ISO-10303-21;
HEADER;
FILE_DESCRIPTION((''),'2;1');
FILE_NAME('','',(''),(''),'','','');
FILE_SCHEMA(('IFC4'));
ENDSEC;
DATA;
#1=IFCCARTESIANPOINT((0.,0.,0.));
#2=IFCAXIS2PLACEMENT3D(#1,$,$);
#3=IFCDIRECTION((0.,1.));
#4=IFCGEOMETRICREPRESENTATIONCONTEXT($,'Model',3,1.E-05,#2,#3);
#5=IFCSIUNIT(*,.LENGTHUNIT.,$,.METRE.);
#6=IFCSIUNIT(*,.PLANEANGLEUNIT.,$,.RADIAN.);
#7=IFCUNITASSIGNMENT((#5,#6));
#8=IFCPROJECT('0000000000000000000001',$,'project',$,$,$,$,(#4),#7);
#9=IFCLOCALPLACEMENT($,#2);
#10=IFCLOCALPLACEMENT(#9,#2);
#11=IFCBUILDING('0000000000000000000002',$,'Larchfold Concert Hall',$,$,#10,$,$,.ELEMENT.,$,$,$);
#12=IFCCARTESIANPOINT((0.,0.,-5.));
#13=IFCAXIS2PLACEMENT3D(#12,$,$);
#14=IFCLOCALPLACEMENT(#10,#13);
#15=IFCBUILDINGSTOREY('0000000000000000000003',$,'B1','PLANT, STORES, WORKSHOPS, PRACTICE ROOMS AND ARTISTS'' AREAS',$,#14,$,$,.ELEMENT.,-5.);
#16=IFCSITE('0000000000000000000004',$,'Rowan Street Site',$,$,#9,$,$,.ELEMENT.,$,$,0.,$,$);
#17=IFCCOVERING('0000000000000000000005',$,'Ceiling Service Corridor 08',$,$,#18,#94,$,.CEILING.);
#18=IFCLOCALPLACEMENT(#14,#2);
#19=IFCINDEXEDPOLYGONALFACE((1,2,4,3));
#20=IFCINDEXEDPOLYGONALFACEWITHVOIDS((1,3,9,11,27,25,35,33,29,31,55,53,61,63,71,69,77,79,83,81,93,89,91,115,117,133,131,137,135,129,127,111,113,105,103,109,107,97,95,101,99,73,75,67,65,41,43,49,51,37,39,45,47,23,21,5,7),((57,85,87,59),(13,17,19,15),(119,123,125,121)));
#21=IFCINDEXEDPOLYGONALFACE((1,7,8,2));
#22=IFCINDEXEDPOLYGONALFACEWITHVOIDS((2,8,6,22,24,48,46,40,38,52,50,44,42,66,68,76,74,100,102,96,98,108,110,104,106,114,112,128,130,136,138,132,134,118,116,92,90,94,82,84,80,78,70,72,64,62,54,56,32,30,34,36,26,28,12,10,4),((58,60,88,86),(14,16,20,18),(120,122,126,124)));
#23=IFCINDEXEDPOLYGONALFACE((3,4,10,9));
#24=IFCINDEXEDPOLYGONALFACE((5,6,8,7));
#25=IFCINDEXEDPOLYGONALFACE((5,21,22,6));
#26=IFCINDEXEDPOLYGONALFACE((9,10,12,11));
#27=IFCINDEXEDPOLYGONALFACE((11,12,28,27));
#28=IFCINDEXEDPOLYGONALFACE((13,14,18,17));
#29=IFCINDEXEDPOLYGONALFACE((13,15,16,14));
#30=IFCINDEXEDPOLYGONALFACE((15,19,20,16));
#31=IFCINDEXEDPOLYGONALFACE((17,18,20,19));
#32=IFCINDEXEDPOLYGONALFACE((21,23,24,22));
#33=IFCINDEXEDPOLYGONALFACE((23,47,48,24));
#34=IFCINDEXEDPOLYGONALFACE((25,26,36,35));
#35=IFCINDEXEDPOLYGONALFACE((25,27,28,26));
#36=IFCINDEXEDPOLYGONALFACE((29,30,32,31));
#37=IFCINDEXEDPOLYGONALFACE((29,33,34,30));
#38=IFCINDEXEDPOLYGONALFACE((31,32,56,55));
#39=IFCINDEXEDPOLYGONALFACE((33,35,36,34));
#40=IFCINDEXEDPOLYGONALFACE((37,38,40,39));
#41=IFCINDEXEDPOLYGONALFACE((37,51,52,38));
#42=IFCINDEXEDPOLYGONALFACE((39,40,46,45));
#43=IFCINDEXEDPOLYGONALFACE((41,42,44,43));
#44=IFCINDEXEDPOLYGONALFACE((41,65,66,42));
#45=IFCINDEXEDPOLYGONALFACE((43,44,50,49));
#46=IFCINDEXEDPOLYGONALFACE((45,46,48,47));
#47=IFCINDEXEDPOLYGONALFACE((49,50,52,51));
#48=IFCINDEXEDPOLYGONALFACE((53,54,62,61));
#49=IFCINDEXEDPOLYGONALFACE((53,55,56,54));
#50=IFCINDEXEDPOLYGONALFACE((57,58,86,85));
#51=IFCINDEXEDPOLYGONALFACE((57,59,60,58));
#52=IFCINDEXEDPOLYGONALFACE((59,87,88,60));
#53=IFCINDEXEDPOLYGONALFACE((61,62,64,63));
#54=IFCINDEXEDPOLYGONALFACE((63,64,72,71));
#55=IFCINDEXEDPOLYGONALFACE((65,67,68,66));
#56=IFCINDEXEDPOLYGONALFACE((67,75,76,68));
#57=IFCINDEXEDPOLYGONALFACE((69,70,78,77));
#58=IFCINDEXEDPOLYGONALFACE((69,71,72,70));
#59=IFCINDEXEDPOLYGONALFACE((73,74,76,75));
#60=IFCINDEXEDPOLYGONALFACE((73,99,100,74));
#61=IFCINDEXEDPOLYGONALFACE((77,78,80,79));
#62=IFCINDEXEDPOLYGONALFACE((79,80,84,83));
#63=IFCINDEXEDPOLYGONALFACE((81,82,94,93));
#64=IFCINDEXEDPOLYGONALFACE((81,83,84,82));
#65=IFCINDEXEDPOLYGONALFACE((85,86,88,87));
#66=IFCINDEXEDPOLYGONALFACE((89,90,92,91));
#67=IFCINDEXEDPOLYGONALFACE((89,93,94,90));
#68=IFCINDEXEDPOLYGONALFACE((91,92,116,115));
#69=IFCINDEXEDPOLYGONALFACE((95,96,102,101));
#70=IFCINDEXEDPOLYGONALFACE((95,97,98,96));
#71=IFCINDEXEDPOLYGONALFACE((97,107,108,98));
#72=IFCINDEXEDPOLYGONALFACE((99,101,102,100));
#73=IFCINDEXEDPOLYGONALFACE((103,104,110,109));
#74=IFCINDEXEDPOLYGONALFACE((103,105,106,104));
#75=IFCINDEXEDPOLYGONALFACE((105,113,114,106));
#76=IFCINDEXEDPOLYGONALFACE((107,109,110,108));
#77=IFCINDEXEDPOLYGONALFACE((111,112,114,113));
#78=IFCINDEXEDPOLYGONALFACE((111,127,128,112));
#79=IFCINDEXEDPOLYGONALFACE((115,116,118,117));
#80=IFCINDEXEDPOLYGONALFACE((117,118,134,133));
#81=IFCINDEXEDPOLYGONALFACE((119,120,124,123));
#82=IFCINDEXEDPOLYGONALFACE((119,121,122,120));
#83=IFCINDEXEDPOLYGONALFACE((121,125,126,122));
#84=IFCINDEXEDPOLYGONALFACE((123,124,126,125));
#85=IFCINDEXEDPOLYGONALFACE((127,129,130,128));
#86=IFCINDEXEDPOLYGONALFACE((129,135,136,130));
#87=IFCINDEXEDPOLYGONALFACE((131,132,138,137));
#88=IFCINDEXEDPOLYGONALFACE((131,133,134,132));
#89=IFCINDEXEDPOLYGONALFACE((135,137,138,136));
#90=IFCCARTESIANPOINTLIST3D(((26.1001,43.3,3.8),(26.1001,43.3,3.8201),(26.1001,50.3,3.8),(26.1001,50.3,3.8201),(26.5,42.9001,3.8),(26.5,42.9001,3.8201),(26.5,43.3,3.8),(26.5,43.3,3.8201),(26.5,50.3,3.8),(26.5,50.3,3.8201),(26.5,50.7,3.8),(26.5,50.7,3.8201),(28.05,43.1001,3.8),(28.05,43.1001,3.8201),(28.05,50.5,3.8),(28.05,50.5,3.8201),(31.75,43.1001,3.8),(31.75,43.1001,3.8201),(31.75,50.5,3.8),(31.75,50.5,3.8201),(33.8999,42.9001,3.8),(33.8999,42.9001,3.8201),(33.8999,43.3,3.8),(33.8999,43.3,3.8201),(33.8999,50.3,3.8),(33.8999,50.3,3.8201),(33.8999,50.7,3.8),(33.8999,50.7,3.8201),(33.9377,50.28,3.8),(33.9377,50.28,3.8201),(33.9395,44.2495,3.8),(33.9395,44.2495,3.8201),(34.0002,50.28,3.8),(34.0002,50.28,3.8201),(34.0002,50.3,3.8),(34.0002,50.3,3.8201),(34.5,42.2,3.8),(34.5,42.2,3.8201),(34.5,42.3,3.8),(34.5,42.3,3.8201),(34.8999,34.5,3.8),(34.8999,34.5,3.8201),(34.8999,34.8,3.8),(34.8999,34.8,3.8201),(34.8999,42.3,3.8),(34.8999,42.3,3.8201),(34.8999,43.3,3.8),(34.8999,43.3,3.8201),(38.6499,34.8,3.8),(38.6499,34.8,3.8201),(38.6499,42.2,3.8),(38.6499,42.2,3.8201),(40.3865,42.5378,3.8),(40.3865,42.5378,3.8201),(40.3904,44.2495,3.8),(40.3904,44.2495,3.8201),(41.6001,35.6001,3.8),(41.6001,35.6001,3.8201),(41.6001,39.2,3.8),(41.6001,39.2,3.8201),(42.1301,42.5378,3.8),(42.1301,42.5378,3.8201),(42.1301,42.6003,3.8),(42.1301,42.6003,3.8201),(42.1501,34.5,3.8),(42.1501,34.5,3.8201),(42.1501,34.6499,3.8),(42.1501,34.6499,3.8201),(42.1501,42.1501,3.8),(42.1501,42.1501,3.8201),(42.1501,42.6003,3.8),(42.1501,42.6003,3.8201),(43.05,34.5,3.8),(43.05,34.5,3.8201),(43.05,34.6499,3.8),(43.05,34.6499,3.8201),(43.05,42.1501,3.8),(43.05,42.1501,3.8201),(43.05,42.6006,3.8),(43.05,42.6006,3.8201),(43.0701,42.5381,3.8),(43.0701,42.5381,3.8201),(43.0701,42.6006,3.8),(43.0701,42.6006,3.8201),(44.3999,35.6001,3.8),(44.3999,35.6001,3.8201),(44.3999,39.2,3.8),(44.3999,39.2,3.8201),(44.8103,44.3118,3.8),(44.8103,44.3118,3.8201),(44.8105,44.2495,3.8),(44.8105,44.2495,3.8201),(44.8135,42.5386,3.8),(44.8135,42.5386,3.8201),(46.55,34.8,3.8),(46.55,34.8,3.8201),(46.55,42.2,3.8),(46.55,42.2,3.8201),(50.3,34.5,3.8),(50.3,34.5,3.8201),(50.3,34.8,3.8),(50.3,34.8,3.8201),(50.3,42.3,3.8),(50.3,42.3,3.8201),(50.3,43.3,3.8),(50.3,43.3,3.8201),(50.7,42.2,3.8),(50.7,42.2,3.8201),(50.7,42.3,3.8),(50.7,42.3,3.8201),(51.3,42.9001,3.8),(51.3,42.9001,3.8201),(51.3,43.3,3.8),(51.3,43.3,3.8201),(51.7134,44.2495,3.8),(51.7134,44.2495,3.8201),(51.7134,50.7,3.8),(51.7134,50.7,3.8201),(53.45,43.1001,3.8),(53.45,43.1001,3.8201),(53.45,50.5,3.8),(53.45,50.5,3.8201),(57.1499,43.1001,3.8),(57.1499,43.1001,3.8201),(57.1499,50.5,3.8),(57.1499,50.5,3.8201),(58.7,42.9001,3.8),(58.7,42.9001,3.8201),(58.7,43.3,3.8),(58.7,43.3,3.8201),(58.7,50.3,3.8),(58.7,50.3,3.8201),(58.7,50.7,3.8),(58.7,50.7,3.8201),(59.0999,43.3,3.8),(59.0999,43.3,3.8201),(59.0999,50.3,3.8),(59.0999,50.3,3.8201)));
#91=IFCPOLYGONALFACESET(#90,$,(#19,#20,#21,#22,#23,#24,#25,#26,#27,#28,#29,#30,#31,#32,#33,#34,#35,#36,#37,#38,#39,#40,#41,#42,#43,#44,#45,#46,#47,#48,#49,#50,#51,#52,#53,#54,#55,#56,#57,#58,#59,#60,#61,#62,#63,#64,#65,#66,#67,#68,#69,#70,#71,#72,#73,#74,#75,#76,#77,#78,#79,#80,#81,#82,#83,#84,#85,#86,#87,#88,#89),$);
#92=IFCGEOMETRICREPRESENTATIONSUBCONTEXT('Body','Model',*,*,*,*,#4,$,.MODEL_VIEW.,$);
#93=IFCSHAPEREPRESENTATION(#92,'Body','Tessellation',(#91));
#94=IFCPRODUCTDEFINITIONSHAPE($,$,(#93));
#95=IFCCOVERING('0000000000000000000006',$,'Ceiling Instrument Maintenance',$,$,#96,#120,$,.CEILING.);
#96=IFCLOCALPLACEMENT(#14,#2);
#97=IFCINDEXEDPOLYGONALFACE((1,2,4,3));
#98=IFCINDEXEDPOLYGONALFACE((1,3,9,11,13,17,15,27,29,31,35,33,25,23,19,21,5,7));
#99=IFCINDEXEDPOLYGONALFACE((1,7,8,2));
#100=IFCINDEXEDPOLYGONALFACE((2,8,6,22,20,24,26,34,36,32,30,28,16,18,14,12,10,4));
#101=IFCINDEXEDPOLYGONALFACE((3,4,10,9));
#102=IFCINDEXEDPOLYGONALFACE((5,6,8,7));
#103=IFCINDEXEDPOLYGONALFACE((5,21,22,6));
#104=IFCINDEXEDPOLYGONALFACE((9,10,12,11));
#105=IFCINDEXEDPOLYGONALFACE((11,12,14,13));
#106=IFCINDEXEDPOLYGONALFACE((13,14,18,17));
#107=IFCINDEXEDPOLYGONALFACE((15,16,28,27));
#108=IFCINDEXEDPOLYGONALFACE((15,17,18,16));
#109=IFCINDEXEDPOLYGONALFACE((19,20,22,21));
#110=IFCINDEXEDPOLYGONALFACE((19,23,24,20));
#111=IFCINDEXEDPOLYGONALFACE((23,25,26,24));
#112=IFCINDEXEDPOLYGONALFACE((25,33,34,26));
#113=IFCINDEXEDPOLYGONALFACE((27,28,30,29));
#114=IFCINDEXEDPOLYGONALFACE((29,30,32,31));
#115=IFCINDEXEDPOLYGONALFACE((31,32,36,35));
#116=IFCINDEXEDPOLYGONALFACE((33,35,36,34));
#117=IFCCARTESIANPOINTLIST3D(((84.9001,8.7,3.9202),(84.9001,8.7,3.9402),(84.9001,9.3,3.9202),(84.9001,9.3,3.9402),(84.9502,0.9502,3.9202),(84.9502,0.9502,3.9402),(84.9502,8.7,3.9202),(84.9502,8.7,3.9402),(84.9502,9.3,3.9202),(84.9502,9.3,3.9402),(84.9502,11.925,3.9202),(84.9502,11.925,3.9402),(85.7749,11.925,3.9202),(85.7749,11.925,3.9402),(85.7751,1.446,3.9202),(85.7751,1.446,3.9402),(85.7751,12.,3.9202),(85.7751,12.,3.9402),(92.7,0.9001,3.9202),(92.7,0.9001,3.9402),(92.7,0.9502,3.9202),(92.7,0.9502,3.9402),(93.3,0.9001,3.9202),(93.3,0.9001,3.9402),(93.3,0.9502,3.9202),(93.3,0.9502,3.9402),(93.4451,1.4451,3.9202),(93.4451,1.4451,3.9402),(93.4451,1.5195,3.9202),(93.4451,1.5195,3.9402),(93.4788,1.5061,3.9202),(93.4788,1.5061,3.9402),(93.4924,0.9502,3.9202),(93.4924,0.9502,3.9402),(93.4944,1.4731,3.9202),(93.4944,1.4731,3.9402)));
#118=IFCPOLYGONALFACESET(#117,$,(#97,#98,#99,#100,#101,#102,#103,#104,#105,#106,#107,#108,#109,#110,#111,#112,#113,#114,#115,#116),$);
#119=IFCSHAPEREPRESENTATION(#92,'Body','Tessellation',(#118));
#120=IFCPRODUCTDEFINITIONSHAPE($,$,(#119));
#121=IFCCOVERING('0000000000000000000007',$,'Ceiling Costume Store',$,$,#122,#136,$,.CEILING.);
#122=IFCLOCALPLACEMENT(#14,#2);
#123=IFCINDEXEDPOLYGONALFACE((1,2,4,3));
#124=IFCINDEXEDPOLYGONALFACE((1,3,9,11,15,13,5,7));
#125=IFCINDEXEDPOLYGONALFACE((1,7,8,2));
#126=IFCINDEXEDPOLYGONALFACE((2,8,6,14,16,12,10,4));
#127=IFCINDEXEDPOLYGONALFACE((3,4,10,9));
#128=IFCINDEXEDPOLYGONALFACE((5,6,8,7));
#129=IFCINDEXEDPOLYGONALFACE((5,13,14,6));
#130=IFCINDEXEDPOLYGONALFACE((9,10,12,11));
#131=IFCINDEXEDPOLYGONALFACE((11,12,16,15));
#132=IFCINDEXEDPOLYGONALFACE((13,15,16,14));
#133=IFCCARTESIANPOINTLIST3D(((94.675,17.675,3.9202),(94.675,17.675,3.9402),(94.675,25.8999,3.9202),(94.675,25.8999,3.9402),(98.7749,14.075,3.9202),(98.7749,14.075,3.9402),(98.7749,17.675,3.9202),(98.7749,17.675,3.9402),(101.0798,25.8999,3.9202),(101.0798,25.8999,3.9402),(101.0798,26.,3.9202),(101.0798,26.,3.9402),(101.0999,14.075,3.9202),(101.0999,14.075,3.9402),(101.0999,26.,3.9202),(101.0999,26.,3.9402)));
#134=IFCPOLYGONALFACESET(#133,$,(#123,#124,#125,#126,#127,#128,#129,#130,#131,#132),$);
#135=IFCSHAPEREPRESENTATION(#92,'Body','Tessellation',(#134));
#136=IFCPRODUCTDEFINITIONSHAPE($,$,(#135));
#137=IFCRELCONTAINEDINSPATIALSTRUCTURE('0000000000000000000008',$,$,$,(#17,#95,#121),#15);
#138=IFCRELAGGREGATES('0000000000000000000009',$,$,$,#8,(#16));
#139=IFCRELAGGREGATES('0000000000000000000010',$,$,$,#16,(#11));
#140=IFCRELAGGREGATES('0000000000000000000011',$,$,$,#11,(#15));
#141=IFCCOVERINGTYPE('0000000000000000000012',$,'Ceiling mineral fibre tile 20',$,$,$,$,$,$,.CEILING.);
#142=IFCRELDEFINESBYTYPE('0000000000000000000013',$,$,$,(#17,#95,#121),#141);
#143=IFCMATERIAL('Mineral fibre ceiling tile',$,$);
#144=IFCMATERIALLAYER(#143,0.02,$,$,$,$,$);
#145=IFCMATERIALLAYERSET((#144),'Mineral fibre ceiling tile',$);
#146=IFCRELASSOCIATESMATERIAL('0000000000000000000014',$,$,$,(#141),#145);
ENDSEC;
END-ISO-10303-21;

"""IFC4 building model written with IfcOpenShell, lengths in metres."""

from ifc_helpers import new_model, si_unit, direction, frame, origin, place, context, subcontext, project, spatial, polyline, outline, extrude, material, layer, layer_set, type_object, element, save


model = new_model("IFC4")

# Units and contexts
model_context = context("Model", 3, precision=1e-05, world=origin(), true_north=direction((0.0, 1.0)))
body_context = subcontext(model_context, "Body", "Model", "MODEL_VIEW")
ifc_project = project(units=[si_unit("LENGTHUNIT", "METRE"), si_unit("PLANEANGLEUNIT", "RADIAN")], contexts=[model_context])

# Site, building, storey
site_placement = place(None, origin())
site = spatial("IfcSite", under=ifc_project, at=site_placement, Name="Rowan Street Site", CompositionType="ELEMENT", RefElevation=0.0)
building_placement = place(site_placement, origin())
building = spatial("IfcBuilding", under=site, at=building_placement, Name="Larchfold Concert Hall", CompositionType="ELEMENT")
storey_placement = place(building_placement, frame((0.0, 0.0, -5.0)))
storey = spatial("IfcBuildingStorey", under=building, at=storey_placement, Name="B1", Description="PLANT, STORES, WORKSHOPS, PRACTICE ROOMS AND ARTISTS' AREAS", CompositionType="ELEMENT", Elevation=-5.0)

# Coverings
ifc_material_1 = material(Name="Mineral fibre ceiling tile")
ifc_layer_1 = layer(ifc_material_1, 0.02)
ifc_layer_set_1 = layer_set([ifc_layer_1], Name="Mineral fibre ceiling tile")
covering_type_1 = type_object("IfcCoveringType", Name="Ceiling mineral fibre tile 20", PredefinedType="CEILING", material=ifc_layer_set_1)
covering_1_placement = place(storey_placement, frame((0.0, 0.0, 3.8)))
element("IfcCovering", 1, at=covering_1_placement, inside=storey, type_object=covering_type_1, Name="Ceiling Service Corridor 08", PredefinedType="CEILING", context=body_context, shape_type="SweptSolid", body=[
    extrude(outline(polyline([(33.9395, 44.2495), (33.9377, 50.28), (34.0002, 50.28), (34.0002, 50.3), (33.8999, 50.3), (33.8999, 50.7), (26.5, 50.7), (26.5, 50.3), (26.1001, 50.3), (26.1001, 43.3), (26.5, 43.3), (26.5, 42.9001), (33.8999, 42.9001), (33.8999, 43.3), (34.8999, 43.3), (34.8999, 42.3), (34.5, 42.3), (34.5, 42.2), (38.6499, 42.2), (38.6499, 34.8), (34.8999, 34.8), (34.8999, 34.5), (42.1501, 34.5), (42.1501, 34.6499), (43.05, 34.6499), (43.05, 34.5), (50.3, 34.5), (50.3, 34.8), (46.55, 34.8), (46.55, 42.2), (50.7, 42.2), (50.7, 42.3), (50.3, 42.3), (50.3, 43.3), (51.3, 43.3), (51.3, 42.9001), (58.7, 42.9001), (58.7, 43.3), (59.0999, 43.3), (59.0999, 50.3), (58.7, 50.3), (58.7, 50.7), (51.7134, 50.7), (51.7134, 44.2495), (44.8105, 44.2495), (44.8103, 44.3118), (44.8135, 42.5386), (43.0701, 42.5381), (43.0701, 42.6006), (43.05, 42.6006), (43.05, 42.1501), (42.1501, 42.1501), (42.1501, 42.6003), (42.1301, 42.6003), (42.1301, 42.5378), (40.3865, 42.5378), (40.3904, 44.2495), (33.9395, 44.2495)]), holes=[polyline([(57.1499, 50.5), (57.1499, 43.1001), (53.45, 43.1001), (53.45, 50.5), (57.1499, 50.5)]), polyline([(41.6001, 39.2), (44.3999, 39.2), (44.3999, 35.6001), (41.6001, 35.6001), (41.6001, 39.2)]), polyline([(31.75, 50.5), (31.75, 43.1001), (28.05, 43.1001), (28.05, 50.5), (31.75, 50.5)])]), origin(), (0.0, 0.0, 1.0), 0.02),
])
covering_2_placement = place(storey_placement, frame((0.0, 0.0, 3.9202)))
element("IfcCovering", 2, at=covering_2_placement, inside=storey, type_object=covering_type_1, Name="Ceiling Instrument Maintenance", PredefinedType="CEILING", context=body_context, shape_type="SweptSolid", body=[
    extrude(outline(polyline([(84.9502, 9.3), (84.9001, 9.3), (84.9001, 8.7), (84.9502, 8.7), (84.9502, 0.9502), (92.7, 0.9502), (92.7, 0.9001), (93.3, 0.9001), (93.3, 0.9502), (93.4924, 0.9502), (93.4944, 1.4731), (93.4788, 1.5061), (93.4451, 1.5195), (93.4451, 1.4451), (85.7751, 1.446), (85.7751, 12.0), (85.7749, 11.925), (84.9502, 11.925), (84.9502, 9.3)])), origin(), (0.0, 0.0, 1.0), 0.02),
])
covering_3_placement = place(storey_placement, frame((0.0, 0.0, 3.9202)))
element("IfcCovering", 3, at=covering_3_placement, inside=storey, type_object=covering_type_1, Name="Ceiling Costume Store", PredefinedType="CEILING", context=body_context, shape_type="SweptSolid", body=[
    extrude(outline(polyline([(101.0999, 26.0), (101.0798, 26.0), (101.0798, 25.8999), (94.675, 25.8999), (94.675, 17.675), (98.7749, 17.675), (98.7749, 14.075), (101.0999, 14.075), (101.0999, 26.0)])), origin(), (0.0, 0.0, 1.0), 0.02),
])

save(model, "model.ifc")
